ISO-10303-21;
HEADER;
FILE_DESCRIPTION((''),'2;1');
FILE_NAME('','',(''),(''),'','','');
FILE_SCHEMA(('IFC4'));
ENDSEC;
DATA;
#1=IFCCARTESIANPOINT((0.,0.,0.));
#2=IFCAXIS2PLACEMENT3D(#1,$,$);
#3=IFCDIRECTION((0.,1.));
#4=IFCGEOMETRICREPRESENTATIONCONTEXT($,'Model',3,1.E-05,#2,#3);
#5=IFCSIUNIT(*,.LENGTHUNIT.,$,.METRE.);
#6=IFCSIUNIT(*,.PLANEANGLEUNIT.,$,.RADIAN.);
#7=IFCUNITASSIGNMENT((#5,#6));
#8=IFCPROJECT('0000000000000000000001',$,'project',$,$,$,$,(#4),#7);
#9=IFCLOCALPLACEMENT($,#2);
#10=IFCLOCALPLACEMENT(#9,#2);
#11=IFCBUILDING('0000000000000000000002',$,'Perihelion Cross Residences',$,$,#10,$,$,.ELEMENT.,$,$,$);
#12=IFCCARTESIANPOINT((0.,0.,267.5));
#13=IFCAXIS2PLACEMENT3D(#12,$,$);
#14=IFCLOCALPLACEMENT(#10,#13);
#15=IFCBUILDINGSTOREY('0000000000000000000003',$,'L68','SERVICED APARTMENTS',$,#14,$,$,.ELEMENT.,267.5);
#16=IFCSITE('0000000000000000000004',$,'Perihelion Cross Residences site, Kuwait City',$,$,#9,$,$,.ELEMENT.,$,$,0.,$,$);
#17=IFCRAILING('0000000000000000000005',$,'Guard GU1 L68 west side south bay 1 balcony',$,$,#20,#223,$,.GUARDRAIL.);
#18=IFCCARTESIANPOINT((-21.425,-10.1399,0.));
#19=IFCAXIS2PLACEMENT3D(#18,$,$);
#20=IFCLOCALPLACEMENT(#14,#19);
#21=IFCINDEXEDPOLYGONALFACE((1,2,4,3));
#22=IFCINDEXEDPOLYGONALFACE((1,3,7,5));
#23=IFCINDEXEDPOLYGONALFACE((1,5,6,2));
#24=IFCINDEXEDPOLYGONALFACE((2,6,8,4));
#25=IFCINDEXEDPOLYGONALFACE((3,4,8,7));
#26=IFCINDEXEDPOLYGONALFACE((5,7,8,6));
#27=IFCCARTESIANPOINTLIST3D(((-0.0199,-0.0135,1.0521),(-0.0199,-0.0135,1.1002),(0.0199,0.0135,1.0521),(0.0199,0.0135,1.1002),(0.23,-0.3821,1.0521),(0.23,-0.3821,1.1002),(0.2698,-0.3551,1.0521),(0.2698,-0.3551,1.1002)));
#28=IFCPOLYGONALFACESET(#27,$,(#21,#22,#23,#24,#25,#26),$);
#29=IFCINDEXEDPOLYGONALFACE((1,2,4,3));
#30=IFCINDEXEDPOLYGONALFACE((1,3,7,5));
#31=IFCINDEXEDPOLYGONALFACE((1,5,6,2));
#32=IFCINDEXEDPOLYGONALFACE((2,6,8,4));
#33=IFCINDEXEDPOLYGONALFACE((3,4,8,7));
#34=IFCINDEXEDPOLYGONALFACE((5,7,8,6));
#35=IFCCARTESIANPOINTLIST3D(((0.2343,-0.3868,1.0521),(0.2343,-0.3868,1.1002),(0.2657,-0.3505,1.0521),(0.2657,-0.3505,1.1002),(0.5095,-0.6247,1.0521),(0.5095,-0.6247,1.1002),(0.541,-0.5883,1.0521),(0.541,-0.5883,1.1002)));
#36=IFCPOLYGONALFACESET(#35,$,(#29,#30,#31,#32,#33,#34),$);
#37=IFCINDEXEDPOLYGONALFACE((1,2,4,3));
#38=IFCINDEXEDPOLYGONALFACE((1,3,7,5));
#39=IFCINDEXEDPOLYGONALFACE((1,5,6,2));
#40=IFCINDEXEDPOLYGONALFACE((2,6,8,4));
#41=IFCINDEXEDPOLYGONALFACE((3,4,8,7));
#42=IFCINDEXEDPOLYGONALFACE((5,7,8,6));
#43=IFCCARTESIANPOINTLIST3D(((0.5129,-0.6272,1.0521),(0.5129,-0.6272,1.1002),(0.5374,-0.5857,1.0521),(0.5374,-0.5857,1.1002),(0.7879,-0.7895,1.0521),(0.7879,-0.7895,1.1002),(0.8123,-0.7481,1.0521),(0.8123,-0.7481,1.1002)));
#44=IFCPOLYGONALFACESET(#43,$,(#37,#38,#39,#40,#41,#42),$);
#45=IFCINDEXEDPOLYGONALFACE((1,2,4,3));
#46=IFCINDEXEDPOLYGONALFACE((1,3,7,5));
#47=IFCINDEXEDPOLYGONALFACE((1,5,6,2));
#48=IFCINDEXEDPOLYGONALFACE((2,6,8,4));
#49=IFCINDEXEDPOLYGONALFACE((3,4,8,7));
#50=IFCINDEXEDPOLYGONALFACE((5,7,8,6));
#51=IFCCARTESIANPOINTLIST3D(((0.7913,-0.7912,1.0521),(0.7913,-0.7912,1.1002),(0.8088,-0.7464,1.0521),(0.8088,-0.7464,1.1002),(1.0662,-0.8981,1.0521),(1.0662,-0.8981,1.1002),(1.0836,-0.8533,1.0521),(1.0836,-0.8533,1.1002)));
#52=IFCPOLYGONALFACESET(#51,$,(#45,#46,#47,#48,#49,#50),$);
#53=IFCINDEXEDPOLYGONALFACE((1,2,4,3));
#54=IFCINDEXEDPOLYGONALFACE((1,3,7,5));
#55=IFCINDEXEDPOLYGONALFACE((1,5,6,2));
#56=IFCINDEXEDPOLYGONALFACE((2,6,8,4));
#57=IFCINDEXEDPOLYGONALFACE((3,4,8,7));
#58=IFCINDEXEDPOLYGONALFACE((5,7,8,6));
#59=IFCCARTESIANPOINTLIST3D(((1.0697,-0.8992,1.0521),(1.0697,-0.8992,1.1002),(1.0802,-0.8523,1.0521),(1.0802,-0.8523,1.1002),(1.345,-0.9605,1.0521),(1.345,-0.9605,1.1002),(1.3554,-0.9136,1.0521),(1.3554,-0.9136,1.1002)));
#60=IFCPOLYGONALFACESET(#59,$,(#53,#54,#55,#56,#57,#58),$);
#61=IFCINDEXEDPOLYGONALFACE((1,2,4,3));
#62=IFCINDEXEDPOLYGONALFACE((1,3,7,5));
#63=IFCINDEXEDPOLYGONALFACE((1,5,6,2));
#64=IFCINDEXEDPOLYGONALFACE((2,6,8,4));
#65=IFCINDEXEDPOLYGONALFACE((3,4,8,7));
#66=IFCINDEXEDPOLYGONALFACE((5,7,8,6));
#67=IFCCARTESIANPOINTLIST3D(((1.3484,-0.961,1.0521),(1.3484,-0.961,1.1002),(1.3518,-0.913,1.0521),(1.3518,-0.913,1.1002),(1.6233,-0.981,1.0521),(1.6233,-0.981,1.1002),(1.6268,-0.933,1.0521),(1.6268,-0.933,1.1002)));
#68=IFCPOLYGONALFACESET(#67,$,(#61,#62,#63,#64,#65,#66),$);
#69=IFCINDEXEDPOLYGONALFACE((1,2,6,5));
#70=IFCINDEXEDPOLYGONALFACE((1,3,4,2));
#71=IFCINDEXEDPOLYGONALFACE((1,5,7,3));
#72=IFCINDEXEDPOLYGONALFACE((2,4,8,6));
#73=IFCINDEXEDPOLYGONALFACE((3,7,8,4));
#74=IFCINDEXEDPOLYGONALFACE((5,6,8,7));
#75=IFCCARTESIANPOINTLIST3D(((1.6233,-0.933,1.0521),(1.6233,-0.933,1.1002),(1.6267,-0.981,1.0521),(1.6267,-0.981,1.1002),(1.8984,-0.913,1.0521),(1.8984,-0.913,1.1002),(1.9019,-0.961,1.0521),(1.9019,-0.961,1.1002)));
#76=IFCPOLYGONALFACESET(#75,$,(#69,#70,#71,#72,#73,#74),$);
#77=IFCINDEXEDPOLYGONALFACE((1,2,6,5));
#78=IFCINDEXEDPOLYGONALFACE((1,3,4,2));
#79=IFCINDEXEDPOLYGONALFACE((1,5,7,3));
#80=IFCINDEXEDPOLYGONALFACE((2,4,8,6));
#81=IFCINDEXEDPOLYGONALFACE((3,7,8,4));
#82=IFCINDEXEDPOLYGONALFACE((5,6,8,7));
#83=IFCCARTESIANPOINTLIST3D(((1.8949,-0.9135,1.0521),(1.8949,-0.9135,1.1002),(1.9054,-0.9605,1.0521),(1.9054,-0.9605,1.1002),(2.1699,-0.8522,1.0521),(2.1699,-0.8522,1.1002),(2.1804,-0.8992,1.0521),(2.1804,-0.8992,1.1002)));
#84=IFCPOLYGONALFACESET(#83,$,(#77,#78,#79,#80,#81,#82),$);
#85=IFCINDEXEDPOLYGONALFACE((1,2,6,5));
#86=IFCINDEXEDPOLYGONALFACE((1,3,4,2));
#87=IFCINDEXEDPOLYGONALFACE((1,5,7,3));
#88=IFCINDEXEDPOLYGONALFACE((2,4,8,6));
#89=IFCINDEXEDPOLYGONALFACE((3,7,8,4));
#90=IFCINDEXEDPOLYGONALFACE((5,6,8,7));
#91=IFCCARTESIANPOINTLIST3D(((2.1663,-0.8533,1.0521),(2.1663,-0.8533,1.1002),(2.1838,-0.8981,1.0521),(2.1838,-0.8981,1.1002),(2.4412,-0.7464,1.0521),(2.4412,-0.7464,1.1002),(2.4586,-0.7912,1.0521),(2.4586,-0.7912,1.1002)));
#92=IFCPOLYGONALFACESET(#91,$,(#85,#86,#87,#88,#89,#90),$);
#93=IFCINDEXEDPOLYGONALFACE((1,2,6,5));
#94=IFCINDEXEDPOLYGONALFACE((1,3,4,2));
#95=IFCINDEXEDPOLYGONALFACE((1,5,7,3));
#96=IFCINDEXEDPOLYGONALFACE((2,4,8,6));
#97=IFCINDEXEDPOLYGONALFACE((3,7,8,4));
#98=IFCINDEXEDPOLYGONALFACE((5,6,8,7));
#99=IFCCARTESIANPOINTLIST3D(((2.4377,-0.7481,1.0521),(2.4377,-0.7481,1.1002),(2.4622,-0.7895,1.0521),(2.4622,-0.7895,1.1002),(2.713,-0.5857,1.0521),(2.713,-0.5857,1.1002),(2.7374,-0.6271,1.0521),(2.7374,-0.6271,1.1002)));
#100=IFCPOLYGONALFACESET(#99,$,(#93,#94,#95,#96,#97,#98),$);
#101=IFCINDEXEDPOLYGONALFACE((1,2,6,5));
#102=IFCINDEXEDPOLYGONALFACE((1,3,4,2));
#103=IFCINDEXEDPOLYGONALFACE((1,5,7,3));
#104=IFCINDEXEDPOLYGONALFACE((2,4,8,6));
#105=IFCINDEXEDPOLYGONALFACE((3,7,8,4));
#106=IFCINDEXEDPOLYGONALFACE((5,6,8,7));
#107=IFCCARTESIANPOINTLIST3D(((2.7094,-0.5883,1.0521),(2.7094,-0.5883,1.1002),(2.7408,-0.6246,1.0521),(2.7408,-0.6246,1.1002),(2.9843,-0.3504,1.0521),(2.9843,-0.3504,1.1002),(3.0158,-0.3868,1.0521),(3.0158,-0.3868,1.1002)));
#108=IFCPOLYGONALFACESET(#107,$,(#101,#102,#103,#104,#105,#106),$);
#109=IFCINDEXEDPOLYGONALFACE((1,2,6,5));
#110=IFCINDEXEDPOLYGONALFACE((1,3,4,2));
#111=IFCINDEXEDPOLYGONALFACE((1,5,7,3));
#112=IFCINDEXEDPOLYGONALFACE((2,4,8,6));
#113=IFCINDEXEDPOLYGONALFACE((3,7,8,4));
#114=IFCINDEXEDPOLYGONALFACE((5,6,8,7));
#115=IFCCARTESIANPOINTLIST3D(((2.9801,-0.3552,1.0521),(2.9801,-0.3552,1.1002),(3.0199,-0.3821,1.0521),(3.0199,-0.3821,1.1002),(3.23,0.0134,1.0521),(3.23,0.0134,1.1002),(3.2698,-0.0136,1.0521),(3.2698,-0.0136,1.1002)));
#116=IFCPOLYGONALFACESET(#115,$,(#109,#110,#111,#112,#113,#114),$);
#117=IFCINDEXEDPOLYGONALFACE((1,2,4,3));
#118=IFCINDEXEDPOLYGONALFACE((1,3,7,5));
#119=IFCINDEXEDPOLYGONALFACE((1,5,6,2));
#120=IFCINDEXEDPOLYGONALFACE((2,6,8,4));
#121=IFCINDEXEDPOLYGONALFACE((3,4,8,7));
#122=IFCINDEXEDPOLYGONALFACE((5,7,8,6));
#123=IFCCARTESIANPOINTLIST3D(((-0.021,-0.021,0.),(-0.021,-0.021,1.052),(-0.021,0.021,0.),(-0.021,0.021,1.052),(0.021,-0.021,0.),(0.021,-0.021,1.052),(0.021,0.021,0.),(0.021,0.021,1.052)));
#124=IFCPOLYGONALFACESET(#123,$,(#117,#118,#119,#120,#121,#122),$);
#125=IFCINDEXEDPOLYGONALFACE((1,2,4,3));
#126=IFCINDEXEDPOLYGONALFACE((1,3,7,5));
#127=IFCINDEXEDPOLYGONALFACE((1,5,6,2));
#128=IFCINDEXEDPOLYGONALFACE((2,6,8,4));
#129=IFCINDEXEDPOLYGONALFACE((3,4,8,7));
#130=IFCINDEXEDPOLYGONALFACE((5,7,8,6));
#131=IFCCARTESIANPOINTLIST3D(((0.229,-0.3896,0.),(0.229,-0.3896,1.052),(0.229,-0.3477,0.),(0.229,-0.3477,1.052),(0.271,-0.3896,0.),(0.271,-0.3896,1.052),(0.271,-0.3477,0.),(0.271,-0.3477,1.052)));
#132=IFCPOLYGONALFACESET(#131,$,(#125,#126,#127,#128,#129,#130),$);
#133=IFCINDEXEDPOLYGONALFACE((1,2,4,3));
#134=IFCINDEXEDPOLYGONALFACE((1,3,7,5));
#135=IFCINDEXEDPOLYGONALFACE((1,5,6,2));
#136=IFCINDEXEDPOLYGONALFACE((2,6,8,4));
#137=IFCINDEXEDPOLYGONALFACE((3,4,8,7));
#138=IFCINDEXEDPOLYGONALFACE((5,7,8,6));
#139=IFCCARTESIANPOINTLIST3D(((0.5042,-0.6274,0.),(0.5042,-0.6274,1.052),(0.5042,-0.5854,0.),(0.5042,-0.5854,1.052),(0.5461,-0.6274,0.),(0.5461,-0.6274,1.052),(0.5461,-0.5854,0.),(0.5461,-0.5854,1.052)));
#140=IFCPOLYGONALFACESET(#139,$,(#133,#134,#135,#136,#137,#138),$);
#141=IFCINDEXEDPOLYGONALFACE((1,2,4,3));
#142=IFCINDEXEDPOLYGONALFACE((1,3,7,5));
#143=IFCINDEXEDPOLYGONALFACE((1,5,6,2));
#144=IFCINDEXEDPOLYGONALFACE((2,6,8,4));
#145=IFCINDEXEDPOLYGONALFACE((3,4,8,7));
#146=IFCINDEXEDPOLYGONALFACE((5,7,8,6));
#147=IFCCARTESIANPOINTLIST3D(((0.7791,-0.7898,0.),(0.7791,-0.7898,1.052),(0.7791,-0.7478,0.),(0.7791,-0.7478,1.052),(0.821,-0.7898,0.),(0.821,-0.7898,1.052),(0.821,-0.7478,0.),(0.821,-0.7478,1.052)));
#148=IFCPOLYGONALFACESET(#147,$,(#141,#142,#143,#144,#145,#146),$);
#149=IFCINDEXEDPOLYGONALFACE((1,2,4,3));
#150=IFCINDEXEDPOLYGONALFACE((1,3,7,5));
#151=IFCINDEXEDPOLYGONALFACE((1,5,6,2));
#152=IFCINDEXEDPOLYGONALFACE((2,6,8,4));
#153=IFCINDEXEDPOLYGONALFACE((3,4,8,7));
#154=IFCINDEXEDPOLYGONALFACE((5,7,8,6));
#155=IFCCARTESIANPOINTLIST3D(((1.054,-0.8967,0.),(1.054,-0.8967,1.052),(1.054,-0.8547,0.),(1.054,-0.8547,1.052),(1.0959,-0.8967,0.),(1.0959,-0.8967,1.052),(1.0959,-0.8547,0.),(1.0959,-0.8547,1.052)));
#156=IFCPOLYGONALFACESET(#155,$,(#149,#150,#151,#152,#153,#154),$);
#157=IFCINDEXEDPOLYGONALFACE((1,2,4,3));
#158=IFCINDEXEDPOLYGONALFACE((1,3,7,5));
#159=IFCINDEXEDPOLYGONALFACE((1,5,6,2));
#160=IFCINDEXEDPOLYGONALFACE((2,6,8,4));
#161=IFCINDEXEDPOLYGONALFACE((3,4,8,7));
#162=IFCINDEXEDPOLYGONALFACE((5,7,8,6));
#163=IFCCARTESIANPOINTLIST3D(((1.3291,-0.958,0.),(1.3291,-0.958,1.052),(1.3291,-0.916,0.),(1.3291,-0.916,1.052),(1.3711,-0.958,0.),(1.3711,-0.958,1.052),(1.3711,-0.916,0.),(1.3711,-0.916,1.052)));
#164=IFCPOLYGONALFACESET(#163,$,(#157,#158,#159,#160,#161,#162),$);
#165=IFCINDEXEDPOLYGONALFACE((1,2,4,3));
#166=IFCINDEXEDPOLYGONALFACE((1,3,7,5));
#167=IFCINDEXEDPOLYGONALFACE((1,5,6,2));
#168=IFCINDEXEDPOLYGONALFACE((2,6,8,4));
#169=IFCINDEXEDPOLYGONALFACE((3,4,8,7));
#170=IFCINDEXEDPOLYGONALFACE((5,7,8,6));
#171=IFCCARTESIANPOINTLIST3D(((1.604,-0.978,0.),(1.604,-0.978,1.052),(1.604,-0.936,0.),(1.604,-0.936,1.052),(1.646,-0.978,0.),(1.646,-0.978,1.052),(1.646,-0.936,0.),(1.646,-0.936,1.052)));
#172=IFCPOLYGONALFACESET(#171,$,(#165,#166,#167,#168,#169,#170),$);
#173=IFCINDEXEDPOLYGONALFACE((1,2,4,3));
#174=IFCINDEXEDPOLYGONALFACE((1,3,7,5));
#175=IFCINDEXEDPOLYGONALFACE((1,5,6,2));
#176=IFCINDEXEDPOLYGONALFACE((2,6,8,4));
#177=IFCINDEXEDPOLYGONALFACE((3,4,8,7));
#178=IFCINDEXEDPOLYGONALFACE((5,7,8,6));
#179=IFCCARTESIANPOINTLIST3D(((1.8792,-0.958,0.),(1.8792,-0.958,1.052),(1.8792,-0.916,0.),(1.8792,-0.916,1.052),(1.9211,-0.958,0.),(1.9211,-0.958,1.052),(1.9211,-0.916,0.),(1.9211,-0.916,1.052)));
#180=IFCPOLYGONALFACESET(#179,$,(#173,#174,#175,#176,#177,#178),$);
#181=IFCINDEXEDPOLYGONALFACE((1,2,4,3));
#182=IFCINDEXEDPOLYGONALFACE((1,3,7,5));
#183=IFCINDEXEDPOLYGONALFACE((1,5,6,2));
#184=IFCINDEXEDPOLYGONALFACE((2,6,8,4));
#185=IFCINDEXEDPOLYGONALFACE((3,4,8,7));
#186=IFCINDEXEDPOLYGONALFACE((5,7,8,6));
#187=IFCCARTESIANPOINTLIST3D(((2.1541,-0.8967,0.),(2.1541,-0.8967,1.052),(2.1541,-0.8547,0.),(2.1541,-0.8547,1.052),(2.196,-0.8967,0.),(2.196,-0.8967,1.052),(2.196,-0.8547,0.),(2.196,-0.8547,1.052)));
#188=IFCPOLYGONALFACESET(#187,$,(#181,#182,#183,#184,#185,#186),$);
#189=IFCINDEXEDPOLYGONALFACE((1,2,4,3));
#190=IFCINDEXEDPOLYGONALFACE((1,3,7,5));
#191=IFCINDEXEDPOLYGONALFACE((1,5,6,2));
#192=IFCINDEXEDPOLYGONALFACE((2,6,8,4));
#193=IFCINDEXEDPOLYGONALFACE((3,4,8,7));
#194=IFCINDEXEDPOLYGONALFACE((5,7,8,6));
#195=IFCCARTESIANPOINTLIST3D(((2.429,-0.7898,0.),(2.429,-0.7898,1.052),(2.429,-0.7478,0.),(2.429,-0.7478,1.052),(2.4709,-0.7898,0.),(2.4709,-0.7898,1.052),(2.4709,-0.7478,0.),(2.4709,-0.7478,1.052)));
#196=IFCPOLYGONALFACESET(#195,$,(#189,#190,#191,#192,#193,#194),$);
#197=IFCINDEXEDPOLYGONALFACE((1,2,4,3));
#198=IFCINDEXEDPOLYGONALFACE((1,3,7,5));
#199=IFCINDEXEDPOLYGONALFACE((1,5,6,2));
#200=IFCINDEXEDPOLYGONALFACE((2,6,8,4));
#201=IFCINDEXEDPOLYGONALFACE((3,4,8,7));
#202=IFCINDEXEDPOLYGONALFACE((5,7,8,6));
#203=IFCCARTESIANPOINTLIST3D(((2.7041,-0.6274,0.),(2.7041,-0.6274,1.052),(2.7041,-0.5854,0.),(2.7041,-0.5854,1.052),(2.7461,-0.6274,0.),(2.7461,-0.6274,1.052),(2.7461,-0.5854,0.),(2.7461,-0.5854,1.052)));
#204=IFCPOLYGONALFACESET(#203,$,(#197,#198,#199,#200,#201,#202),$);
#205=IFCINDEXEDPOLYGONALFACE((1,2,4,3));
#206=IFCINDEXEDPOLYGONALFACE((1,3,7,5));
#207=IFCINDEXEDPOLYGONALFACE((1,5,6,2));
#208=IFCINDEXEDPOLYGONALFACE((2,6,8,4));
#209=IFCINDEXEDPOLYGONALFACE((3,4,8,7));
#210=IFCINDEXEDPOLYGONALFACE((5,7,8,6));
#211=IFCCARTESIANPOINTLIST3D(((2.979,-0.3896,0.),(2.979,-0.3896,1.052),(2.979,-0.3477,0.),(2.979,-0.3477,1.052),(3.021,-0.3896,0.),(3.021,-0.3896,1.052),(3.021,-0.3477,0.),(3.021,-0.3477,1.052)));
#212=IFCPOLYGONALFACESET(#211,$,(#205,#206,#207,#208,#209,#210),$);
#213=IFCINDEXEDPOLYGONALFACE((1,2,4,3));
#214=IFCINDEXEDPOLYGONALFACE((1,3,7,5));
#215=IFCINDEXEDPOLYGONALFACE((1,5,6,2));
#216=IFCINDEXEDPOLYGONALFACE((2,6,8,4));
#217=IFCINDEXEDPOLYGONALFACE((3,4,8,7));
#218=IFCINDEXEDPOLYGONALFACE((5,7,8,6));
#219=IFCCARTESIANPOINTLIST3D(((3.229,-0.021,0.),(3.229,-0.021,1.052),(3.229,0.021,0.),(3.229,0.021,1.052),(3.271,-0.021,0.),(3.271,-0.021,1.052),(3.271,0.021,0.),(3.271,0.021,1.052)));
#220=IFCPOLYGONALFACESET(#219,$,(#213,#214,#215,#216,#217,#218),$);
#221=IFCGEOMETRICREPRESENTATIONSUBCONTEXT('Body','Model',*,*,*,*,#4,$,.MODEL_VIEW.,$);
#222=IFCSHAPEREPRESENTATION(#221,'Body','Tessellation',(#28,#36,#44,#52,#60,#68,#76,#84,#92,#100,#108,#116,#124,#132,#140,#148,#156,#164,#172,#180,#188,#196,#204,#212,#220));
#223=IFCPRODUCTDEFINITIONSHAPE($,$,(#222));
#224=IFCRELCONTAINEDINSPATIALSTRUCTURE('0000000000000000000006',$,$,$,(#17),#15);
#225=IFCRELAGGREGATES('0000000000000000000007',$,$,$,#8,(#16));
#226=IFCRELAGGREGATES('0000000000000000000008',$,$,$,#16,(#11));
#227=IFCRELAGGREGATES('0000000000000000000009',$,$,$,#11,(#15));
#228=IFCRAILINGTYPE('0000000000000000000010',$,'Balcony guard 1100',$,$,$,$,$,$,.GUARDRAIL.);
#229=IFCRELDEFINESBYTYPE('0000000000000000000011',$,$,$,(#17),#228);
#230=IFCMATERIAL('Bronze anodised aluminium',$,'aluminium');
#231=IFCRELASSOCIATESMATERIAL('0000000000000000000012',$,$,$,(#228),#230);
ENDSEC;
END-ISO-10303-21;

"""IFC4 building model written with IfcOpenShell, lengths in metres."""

from ifc_helpers import new_model, si_unit, direction, frame, origin, origin_2d, place, context, subcontext, project, spatial, rectangle, extrude, material, type_object, element, save


model = new_model("IFC4")

# Units and contexts
model_context = context("Model", 3, precision=1e-05, world=origin(), true_north=direction((0.0, 1.0)))
body_context = subcontext(model_context, "Body", "Model", "MODEL_VIEW")
ifc_project = project(units=[si_unit("LENGTHUNIT", "METRE"), si_unit("PLANEANGLEUNIT", "RADIAN")], contexts=[model_context])

# Site, building, storey
site_placement = place(None, origin())
site = spatial("IfcSite", under=ifc_project, at=site_placement, Name="Perihelion Cross Residences site, Kuwait City", CompositionType="ELEMENT", RefElevation=0.0)
building_placement = place(site_placement, origin())
building = spatial("IfcBuilding", under=site, at=building_placement, Name="Perihelion Cross Residences", CompositionType="ELEMENT")
storey_placement = place(building_placement, frame((0.0, 0.0, 267.5)))
storey = spatial("IfcBuildingStorey", under=building, at=storey_placement, Name="L68", Description="SERVICED APARTMENTS", CompositionType="ELEMENT", Elevation=267.5)

# Railing
ifc_material_1 = material(Name="Bronze anodised aluminium", Category="aluminium")
railing_type_1 = type_object("IfcRailingType", Name="Balcony guard 1100", PredefinedType="GUARDRAIL", material=ifc_material_1)
railing_1_placement = place(storey_placement, frame((-21.425, -10.1399, 0.0)))
element("IfcRailing", 1, at=railing_1_placement, inside=storey, type_object=railing_type_1, Name="Guard GU1 L68 west side south bay 1 balcony", PredefinedType="GUARDRAIL", context=body_context, shape_type="SweptSolid", body=[
    extrude(rectangle(XDim=0.0481, YDim=0.0481, at=origin_2d()), frame((0.0, 0.0, 1.0762), z_axis=(0.56126, -0.827639, 0.0), x_axis=(0.827639, 0.56126, 0.0)), (0.0, 0.0, 1.0), 0.4453),
    extrude(rectangle(XDim=0.0481, YDim=0.0481, at=origin_2d()), frame((0.25, -0.3687, 1.0762), z_axis=(0.756597, -0.653882, 0.0), x_axis=(0.653882, 0.756597, 0.0)), (0.0, 0.0, 1.0), 0.3638),
    extrude(rectangle(XDim=0.0481, YDim=0.0481, at=origin_2d()), frame((0.5251, -0.6064, 1.0762), z_axis=(0.861048, -0.508523, 0.0), x_axis=(0.508523, 0.861048, 0.0)), (0.0, 0.0, 1.0), 0.3193),
    extrude(rectangle(XDim=0.0481, YDim=0.0481, at=origin_2d()), frame((0.8, -0.7688, 1.0762), z_axis=(0.931974, -0.362526, 0.0), x_axis=(0.362526, 0.931974, 0.0)), (0.0, 0.0, 1.0), 0.2949),
    extrude(rectangle(XDim=0.0481, YDim=0.0481, at=origin_2d()), frame((1.075, -0.8757, 1.0762), z_axis=(0.976085, -0.217389, 0.0), x_axis=(0.217389, 0.976085, 0.0)), (0.0, 0.0, 1.0), 0.282),
    extrude(rectangle(XDim=0.0481, YDim=0.0481, at=origin_2d()), frame((1.3501, -0.937, 1.0762), z_axis=(0.997359, -0.072632, 0.0), x_axis=(0.072632, 0.997359, 0.0)), (0.0, 0.0, 1.0), 0.2756),
    extrude(rectangle(XDim=0.0481, YDim=0.0481, at=origin_2d()), frame((1.625, -0.957, 1.0762), z_axis=(0.997363, 0.072568, 0.0), x_axis=(-0.072568, 0.997363, 0.0)), (0.0, 0.0, 1.0), 0.2759),
    extrude(rectangle(XDim=0.0481, YDim=0.0481, at=origin_2d()), frame((1.9001, -0.937, 1.0762), z_axis=(0.976044, 0.217573, 0.0), x_axis=(-0.217573, 0.976044, 0.0)), (0.0, 0.0, 1.0), 0.2817),
    extrude(rectangle(XDim=0.0481, YDim=0.0481, at=origin_2d()), frame((2.175, -0.8757, 1.0762), z_axis=(0.931974, 0.362526, 0.0), x_axis=(-0.362526, 0.931974, 0.0)), (0.0, 0.0, 1.0), 0.2949),
    extrude(rectangle(XDim=0.0481, YDim=0.0481, at=origin_2d()), frame((2.45, -0.7688, 1.0762), z_axis=(0.861246, 0.508189, 0.0), x_axis=(-0.508189, 0.861246, 0.0)), (0.0, 0.0, 1.0), 0.3196),
    extrude(rectangle(XDim=0.0481, YDim=0.0481, at=origin_2d()), frame((2.7251, -0.6064, 1.0762), z_axis=(0.756309, 0.654214, 0.0), x_axis=(-0.654214, 0.756309, 0.0)), (0.0, 0.0, 1.0), 0.3635),
    extrude(rectangle(XDim=0.0481, YDim=0.0481, at=origin_2d()), frame((3.0, -0.3687, 1.0762), z_axis=(0.56126, 0.827639, 0.0), x_axis=(-0.827639, 0.56126, 0.0)), (0.0, 0.0, 1.0), 0.4453),
    extrude(rectangle(XDim=0.042, YDim=0.042, at=origin_2d()), origin(), (0.0, 0.0, 1.0), 1.052),
    extrude(rectangle(XDim=0.042, YDim=0.042, at=origin_2d()), frame((0.25, -0.3687, 0.0)), (0.0, 0.0, 1.0), 1.052),
    extrude(rectangle(XDim=0.042, YDim=0.042, at=origin_2d()), frame((0.5251, -0.6064, 0.0)), (0.0, 0.0, 1.0), 1.052),
    extrude(rectangle(XDim=0.042, YDim=0.042, at=origin_2d()), frame((0.8, -0.7688, 0.0)), (0.0, 0.0, 1.0), 1.052),
    extrude(rectangle(XDim=0.042, YDim=0.042, at=origin_2d()), frame((1.075, -0.8757, 0.0)), (0.0, 0.0, 1.0), 1.052),
    extrude(rectangle(XDim=0.042, YDim=0.042, at=origin_2d()), frame((1.3501, -0.937, 0.0)), (0.0, 0.0, 1.0), 1.052),
    extrude(rectangle(XDim=0.042, YDim=0.042, at=origin_2d()), frame((1.625, -0.957, 0.0)), (0.0, 0.0, 1.0), 1.052),
    extrude(rectangle(XDim=0.042, YDim=0.042, at=origin_2d()), frame((1.9001, -0.937, 0.0)), (0.0, 0.0, 1.0), 1.052),
    extrude(rectangle(XDim=0.042, YDim=0.042, at=origin_2d()), frame((2.175, -0.8757, 0.0)), (0.0, 0.0, 1.0), 1.052),
    extrude(rectangle(XDim=0.042, YDim=0.042, at=origin_2d()), frame((2.45, -0.7688, 0.0)), (0.0, 0.0, 1.0), 1.052),
    extrude(rectangle(XDim=0.042, YDim=0.042, at=origin_2d()), frame((2.7251, -0.6064, 0.0)), (0.0, 0.0, 1.0), 1.052),
    extrude(rectangle(XDim=0.042, YDim=0.042, at=origin_2d()), frame((3.0, -0.3687, 0.0)), (0.0, 0.0, 1.0), 1.052),
    extrude(rectangle(XDim=0.042, YDim=0.042, at=origin_2d()), frame((3.25, 0.0, 0.0)), (0.0, 0.0, 1.0), 1.052),
])

save(model, "model.ifc")
